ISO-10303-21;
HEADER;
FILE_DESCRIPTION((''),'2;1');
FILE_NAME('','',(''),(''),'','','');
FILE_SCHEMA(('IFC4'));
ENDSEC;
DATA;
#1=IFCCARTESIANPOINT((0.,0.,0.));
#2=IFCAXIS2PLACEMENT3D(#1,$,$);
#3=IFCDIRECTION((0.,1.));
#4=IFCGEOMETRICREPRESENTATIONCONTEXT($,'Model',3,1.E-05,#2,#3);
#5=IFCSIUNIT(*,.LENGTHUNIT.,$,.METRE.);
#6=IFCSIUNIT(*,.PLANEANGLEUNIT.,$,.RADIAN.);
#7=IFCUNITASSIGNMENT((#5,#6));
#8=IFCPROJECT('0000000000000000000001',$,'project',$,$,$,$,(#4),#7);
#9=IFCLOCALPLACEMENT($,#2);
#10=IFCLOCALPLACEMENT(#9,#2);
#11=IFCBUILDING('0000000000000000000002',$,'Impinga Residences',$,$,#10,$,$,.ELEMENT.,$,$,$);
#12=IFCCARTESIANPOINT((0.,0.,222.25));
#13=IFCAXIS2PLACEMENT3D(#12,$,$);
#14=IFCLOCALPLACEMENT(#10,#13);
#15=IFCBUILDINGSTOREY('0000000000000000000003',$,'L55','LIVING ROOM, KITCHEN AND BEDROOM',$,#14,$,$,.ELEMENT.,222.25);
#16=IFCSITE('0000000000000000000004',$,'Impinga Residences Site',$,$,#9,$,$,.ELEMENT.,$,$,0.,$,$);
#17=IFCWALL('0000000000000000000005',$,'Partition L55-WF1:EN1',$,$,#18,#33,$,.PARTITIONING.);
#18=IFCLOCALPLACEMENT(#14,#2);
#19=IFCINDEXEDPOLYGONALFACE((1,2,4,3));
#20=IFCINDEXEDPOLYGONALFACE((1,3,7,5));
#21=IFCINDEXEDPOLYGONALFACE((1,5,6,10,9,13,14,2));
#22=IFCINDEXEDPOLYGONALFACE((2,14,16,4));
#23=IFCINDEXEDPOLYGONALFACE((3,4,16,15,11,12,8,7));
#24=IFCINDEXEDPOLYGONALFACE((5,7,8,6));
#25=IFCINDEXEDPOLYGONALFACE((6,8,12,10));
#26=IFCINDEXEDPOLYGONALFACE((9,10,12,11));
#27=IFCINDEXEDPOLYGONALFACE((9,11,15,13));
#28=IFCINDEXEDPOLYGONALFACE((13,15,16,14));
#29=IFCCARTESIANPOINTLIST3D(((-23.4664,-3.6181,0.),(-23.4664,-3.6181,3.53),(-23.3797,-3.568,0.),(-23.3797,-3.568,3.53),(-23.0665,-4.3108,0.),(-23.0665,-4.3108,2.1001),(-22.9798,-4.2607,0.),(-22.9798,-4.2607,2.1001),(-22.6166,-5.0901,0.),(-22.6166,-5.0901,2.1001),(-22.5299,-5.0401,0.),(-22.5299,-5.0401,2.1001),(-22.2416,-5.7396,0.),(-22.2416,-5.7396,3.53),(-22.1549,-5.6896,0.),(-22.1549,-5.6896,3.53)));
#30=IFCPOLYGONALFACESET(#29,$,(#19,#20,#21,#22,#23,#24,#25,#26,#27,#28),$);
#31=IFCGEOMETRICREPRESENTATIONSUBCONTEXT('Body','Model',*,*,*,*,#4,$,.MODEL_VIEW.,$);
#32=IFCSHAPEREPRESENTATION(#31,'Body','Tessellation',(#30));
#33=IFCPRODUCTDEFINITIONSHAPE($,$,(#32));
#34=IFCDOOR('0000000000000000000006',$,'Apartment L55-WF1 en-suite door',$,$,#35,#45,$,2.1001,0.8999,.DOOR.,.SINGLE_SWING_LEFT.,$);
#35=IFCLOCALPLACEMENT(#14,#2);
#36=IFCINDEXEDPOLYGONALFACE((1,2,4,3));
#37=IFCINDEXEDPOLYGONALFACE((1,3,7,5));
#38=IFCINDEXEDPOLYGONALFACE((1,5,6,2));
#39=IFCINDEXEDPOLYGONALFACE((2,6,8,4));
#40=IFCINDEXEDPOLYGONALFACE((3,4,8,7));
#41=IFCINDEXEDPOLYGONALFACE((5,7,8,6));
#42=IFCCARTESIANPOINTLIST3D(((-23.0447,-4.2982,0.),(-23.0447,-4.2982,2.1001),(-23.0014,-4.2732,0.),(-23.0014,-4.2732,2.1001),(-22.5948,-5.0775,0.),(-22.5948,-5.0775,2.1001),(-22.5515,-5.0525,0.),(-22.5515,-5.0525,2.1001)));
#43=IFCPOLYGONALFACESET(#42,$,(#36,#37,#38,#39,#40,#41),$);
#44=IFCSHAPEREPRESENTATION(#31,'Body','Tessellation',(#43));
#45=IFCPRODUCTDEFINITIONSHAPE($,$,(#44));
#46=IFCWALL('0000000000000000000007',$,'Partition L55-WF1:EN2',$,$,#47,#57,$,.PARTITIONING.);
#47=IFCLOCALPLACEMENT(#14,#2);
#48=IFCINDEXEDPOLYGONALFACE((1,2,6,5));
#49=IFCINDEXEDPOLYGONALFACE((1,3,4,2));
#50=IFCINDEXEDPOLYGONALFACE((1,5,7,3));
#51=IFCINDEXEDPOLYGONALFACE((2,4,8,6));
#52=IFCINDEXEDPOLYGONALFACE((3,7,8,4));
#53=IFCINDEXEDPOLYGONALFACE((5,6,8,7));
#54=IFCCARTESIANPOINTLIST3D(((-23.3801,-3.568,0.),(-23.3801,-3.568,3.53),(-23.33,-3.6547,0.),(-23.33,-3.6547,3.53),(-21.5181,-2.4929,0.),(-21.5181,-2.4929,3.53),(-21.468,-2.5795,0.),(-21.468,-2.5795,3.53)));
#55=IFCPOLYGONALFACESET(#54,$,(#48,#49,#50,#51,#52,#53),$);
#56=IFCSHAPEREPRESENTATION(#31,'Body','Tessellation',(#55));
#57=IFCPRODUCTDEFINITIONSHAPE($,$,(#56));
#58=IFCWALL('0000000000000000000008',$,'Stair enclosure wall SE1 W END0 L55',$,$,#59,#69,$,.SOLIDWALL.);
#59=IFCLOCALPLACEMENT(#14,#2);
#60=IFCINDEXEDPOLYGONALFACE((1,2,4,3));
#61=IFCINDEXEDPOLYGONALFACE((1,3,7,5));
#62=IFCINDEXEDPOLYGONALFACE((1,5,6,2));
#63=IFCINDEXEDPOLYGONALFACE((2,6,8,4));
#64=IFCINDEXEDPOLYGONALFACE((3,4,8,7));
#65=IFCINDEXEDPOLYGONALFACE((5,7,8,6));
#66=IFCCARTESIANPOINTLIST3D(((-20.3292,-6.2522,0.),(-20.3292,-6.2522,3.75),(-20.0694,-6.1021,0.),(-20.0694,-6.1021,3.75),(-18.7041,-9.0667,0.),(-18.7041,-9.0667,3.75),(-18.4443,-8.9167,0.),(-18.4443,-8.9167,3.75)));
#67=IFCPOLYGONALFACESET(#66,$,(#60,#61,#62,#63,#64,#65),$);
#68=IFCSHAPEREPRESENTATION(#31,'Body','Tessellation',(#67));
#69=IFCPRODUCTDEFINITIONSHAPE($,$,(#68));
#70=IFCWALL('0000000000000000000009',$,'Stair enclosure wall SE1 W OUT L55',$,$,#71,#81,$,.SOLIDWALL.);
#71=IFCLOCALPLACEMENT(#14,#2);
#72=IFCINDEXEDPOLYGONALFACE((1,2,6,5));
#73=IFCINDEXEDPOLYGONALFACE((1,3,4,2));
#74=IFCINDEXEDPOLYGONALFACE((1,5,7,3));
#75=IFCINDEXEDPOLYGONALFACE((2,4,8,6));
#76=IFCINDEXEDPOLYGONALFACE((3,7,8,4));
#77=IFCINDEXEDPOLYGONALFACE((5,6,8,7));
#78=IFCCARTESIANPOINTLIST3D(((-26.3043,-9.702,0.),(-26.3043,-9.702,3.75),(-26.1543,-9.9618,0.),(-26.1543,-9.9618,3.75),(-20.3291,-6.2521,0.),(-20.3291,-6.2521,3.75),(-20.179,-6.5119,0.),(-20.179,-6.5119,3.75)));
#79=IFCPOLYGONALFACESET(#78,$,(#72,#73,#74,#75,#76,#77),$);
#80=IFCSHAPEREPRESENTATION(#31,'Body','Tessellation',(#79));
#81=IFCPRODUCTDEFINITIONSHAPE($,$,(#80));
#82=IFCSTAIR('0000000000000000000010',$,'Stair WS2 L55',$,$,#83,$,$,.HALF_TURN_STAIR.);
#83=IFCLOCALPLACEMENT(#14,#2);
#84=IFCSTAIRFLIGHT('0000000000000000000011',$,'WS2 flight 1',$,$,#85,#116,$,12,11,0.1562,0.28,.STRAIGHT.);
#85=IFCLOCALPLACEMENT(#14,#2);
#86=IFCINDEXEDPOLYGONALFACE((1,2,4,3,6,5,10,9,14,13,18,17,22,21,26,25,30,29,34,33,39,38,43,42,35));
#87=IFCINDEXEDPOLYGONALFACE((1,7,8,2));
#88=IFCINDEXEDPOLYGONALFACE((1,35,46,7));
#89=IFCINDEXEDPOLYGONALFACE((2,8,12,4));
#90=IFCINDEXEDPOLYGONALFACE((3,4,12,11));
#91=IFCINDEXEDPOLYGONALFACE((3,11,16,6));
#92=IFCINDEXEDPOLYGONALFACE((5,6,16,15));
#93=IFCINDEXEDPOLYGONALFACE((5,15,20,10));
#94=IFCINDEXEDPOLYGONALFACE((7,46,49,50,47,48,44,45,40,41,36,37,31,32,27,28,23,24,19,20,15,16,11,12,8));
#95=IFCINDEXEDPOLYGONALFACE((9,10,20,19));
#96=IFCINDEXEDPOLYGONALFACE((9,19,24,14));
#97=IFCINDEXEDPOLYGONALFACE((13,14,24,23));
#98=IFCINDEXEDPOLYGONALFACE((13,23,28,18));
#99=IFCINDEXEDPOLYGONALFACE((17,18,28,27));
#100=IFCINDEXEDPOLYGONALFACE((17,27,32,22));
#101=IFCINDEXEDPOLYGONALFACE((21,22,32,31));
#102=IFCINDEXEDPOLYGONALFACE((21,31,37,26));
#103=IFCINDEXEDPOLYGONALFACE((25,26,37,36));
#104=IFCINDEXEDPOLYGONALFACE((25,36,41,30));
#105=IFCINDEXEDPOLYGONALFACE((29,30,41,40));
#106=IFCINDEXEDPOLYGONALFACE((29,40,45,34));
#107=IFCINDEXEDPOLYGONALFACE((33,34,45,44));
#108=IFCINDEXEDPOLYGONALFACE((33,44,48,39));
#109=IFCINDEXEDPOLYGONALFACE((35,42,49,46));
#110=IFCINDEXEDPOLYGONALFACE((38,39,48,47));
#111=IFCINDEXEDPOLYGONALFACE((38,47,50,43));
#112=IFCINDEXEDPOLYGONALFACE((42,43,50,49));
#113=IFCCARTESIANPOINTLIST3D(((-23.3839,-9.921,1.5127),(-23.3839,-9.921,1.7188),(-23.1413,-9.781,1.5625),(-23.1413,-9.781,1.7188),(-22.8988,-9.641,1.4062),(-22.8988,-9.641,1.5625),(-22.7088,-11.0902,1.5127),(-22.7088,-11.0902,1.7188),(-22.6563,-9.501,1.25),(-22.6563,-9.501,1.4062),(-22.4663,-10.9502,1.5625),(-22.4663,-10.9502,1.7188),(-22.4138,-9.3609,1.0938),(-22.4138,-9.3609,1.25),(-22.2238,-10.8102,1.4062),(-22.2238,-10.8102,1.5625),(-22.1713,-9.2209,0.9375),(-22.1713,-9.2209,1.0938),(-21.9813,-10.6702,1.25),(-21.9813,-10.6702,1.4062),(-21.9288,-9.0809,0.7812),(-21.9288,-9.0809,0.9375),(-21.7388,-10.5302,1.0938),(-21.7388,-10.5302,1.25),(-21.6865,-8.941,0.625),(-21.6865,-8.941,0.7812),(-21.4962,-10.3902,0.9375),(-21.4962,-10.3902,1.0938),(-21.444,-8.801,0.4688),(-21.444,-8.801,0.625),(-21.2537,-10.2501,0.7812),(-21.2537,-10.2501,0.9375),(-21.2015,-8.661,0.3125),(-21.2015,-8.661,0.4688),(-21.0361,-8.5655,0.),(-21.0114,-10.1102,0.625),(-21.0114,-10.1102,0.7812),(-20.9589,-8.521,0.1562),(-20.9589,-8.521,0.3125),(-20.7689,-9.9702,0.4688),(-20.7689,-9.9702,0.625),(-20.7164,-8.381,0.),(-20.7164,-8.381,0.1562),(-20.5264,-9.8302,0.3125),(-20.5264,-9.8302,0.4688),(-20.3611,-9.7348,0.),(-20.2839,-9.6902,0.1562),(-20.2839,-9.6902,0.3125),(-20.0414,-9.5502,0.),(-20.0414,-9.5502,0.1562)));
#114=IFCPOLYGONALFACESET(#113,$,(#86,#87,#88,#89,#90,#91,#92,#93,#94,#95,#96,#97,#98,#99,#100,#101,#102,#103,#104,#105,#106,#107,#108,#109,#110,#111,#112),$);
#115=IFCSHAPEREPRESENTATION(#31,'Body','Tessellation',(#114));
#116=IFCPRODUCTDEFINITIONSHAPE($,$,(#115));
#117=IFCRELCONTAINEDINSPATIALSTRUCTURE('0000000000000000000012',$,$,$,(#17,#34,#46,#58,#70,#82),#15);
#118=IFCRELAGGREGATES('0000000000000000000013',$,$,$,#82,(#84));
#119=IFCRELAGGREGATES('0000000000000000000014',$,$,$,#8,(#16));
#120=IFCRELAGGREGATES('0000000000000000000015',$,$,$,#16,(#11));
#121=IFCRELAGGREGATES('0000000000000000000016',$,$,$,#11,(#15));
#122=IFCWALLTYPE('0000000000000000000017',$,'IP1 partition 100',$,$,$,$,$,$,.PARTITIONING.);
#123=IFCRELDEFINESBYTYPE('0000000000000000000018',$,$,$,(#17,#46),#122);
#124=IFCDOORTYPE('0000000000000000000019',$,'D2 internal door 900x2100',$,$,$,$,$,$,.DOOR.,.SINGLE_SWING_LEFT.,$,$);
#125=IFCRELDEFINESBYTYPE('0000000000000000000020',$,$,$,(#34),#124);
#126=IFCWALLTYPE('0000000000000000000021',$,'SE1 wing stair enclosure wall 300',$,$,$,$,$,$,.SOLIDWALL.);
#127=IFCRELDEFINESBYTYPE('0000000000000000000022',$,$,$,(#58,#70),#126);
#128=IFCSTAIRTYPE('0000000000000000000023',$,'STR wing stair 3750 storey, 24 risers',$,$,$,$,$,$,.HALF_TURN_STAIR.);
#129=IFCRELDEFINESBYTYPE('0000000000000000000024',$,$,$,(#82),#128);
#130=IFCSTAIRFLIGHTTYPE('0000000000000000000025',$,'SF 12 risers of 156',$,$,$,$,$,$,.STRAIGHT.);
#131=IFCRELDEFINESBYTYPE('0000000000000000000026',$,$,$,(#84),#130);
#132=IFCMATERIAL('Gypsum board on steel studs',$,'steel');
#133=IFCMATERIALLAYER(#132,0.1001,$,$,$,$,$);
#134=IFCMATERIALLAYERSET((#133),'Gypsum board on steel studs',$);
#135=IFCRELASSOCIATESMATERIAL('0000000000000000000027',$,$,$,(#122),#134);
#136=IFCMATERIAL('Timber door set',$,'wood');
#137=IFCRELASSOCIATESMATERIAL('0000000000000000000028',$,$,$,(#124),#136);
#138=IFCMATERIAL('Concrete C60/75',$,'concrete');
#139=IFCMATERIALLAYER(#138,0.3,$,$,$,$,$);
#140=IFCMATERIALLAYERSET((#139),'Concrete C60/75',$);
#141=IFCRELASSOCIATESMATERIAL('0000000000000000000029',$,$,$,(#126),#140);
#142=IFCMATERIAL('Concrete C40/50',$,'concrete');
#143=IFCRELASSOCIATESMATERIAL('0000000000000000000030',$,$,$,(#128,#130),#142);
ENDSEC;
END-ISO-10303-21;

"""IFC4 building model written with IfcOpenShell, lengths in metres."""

from ifc_helpers import new_model, si_unit, direction, frame, frame_2d, origin, place, context, subcontext, project, spatial, polyline, rectangle, outline, extrude, material, layer, layer_set, type_object, element, fill, aggregate, save


model = new_model("IFC4")

# Units and contexts
model_context = context("Model", 3, precision=1e-05, world=origin(), true_north=direction((0.0, 1.0)))
body_context = subcontext(model_context, "Body", "Model", "MODEL_VIEW")
ifc_project = project(units=[si_unit("LENGTHUNIT", "METRE"), si_unit("PLANEANGLEUNIT", "RADIAN")], contexts=[model_context])

# Site, building, storey
site_placement = place(None, origin())
site = spatial("IfcSite", under=ifc_project, at=site_placement, Name="Impinga Residences Site", CompositionType="ELEMENT", RefElevation=0.0)
building_placement = place(site_placement, origin())
building = spatial("IfcBuilding", under=site, at=building_placement, Name="Impinga Residences", CompositionType="ELEMENT")
storey_placement = place(building_placement, frame((0.0, 0.0, 222.25)))
storey = spatial("IfcBuildingStorey", under=building, at=storey_placement, Name="L55", Description="LIVING ROOM, KITCHEN AND BEDROOM", CompositionType="ELEMENT", Elevation=222.25)

# Shared definitions
ifc_material_1 = material(Name="Concrete C60/75", Category="concrete")

# Shared definitions
ifc_material_2 = material(Name="Gypsum board on steel studs", Category="steel")
ifc_layer_1 = layer(ifc_material_2, 0.1001)
ifc_layer_set_1 = layer_set([ifc_layer_1], Name="Gypsum board on steel studs")
wall_type_1 = type_object("IfcWallType", Name="IP1 partition 100", PredefinedType="PARTITIONING", material=ifc_layer_set_1)

# Wall, opening, door
wall_1_placement = place(storey_placement, frame((-22.1982, -5.7146, 0.0), z_axis=(0.0, 0.0, 1.0), x_axis=(-0.499987, 0.866033, 0.0)))
wall_1 = element("IfcWall", 1, at=wall_1_placement, inside=storey, type_object=wall_type_1, Name="Partition L55-WF1:EN1", PredefinedType="PARTITIONING", context=body_context, shape_type="SweptSolid", body=[
    extrude(rectangle(XDim=2.4497, YDim=0.1001, at=frame_2d((1.2249, 0.0))), origin(), (0.0, 0.0, 1.0), 3.53),
])
opening_1_placement = place(wall_1_placement, frame((0.75, 0.0, 0.0)))
opening_1 = element("IfcOpeningElement", 2, at=opening_1_placement, cuts=wall_1, PredefinedType="OPENING", context=body_context, shape_type="SweptSolid", body=[
    extrude(rectangle(XDim=0.8999, YDim=2.1001, at=frame_2d((0.45, 1.05))), frame((0.0, 0.0601, 0.0), z_axis=(0.0, -1.0, 0.0), x_axis=(1.0, 0.0, 0.0)), (0.0, 0.0, 1.0), 0.1201),
])
ifc_material_3 = material(Name="Timber door set", Category="wood")
door_type = type_object("IfcDoorType", Name="D2 internal door 900x2100", OperationType="SINGLE_SWING_LEFT", PredefinedType="DOOR", material=ifc_material_3)
door_placement = place(opening_1_placement, origin())
door = element("IfcDoor", 3, at=door_placement, inside=storey, type_object=door_type, Name="Apartment L55-WF1 en-suite door", OperationType="SINGLE_SWING_LEFT", OverallHeight=2.1001, OverallWidth=0.8999, PredefinedType="DOOR", context=body_context, shape_type="SweptSolid", body=[
    extrude(rectangle(XDim=0.8999, YDim=2.1001, at=frame_2d((0.45, 1.05))), frame((0.0, 0.0249, 0.0), z_axis=(0.0, -1.0, 0.0), x_axis=(1.0, 0.0, 0.0)), (0.0, 0.0, 1.0), 0.05),
])
fill(opening_1, door)

# Walls
wall_2_placement = place(storey_placement, frame((-21.4929, -2.5361, 0.0), z_axis=(0.0, 0.0, 1.0), x_axis=(-0.865998, -0.500047, 0.0)))
element("IfcWall", 4, at=wall_2_placement, inside=storey, type_object=wall_type_1, Name="Partition L55-WF1:EN2", PredefinedType="PARTITIONING", context=body_context, shape_type="SweptSolid", body=[
    extrude(rectangle(XDim=2.1501, YDim=0.1001, at=frame_2d((1.0752, 0.0))), origin(), (0.0, 0.0, 1.0), 3.53),
])
ifc_layer_2 = layer(ifc_material_1, 0.3)
ifc_layer_set_2 = layer_set([ifc_layer_2], Name="Concrete C60/75")
wall_type_2 = type_object("IfcWallType", Name="SE1 wing stair enclosure wall 300", PredefinedType="SOLIDWALL", material=ifc_layer_set_2)
wall_3_placement = place(storey_placement, frame((-18.5742, -8.9917, 0.0), z_axis=(0.0, 0.0, 1.0), x_axis=(-0.500017, 0.866015, 0.0)))
element("IfcWall", 5, at=wall_3_placement, inside=storey, type_object=wall_type_2, Name="Stair enclosure wall SE1 W END0 L55", PredefinedType="SOLIDWALL", context=body_context, shape_type="SweptSolid", body=[
    extrude(rectangle(XDim=3.25, YDim=0.3, at=frame_2d((1.625, 0.0))), origin(), (0.0, 0.0, 1.0), 3.75),
])
wall_4_placement = place(storey_placement, frame((-20.2542, -6.3821, 0.0), z_axis=(0.0, 0.0, 1.0), x_axis=(-0.86602, -0.500009, 0.0)))
element("IfcWall", 6, at=wall_4_placement, inside=storey, type_object=wall_type_2, Name="Stair enclosure wall SE1 W OUT L55", PredefinedType="SOLIDWALL", context=body_context, shape_type="SweptSolid", body=[
    extrude(rectangle(XDim=6.8997, YDim=0.3, at=frame_2d((3.4497, 0.0))), origin(), (0.0, 0.0, 1.0), 3.75),
])

# Stair, stair flight
ifc_material_4 = material(Name="Concrete C40/50", Category="concrete")
stair_type = type_object("IfcStairType", Name="STR wing stair 3750 storey, 24 risers", PredefinedType="HALF_TURN_STAIR", material=ifc_material_4)
stair_placement = place(storey_placement, origin())
stair = element("IfcStair", 7, at=stair_placement, inside=storey, type_object=stair_type, Name="Stair WS2 L55", PredefinedType="HALF_TURN_STAIR")
stair_flight_type = type_object("IfcStairFlightType", Name="SF 12 risers of 156", PredefinedType="STRAIGHT", material=ifc_material_4)
stair_flight_placement = place(storey_placement, frame((-20.3789, -8.9656, 0.0), z_axis=(0.0, 0.0, 1.0), x_axis=(-0.866025, -0.5, 0.0)))
stair_flight = element("IfcStairFlight", 8, at=stair_flight_placement, type_object=stair_flight_type, Name="WS2 flight 1", NumberOfRisers=12, NumberOfTreads=11, PredefinedType="STRAIGHT", RiserHeight=0.1562, TreadLength=0.28, context=body_context, shape_type="SweptSolid", body=[
    extrude(outline(polyline([(0.0, 0.0), (0.0, 0.1562), (0.28, 0.1562), (0.28, 0.3125), (0.5601, 0.3125), (0.5601, 0.4688), (0.8401, 0.4688), (0.8401, 0.625), (1.1201, 0.625), (1.1201, 0.7812), (1.3999, 0.7812), (1.3999, 0.9375), (1.6799, 0.9375), (1.6799, 1.0938), (1.96, 1.0938), (1.96, 1.25), (2.24, 1.25), (2.24, 1.4062), (2.52, 1.4062), (2.52, 1.5625), (2.8, 1.5625), (2.8, 1.7188), (3.0801, 1.7188), (3.0801, 1.875), (3.0801, 1.5127), (0.3691, 0.0), (0.0, 0.0)])), frame((0.0, 0.675, 0.0), z_axis=(0.0, -1.0, 0.0), x_axis=(1.0, 0.0, 0.0)), (0.0, 0.0, 1.0), 1.3501),
])
aggregate(stair, [stair_flight])

save(model, "model.ifc")
